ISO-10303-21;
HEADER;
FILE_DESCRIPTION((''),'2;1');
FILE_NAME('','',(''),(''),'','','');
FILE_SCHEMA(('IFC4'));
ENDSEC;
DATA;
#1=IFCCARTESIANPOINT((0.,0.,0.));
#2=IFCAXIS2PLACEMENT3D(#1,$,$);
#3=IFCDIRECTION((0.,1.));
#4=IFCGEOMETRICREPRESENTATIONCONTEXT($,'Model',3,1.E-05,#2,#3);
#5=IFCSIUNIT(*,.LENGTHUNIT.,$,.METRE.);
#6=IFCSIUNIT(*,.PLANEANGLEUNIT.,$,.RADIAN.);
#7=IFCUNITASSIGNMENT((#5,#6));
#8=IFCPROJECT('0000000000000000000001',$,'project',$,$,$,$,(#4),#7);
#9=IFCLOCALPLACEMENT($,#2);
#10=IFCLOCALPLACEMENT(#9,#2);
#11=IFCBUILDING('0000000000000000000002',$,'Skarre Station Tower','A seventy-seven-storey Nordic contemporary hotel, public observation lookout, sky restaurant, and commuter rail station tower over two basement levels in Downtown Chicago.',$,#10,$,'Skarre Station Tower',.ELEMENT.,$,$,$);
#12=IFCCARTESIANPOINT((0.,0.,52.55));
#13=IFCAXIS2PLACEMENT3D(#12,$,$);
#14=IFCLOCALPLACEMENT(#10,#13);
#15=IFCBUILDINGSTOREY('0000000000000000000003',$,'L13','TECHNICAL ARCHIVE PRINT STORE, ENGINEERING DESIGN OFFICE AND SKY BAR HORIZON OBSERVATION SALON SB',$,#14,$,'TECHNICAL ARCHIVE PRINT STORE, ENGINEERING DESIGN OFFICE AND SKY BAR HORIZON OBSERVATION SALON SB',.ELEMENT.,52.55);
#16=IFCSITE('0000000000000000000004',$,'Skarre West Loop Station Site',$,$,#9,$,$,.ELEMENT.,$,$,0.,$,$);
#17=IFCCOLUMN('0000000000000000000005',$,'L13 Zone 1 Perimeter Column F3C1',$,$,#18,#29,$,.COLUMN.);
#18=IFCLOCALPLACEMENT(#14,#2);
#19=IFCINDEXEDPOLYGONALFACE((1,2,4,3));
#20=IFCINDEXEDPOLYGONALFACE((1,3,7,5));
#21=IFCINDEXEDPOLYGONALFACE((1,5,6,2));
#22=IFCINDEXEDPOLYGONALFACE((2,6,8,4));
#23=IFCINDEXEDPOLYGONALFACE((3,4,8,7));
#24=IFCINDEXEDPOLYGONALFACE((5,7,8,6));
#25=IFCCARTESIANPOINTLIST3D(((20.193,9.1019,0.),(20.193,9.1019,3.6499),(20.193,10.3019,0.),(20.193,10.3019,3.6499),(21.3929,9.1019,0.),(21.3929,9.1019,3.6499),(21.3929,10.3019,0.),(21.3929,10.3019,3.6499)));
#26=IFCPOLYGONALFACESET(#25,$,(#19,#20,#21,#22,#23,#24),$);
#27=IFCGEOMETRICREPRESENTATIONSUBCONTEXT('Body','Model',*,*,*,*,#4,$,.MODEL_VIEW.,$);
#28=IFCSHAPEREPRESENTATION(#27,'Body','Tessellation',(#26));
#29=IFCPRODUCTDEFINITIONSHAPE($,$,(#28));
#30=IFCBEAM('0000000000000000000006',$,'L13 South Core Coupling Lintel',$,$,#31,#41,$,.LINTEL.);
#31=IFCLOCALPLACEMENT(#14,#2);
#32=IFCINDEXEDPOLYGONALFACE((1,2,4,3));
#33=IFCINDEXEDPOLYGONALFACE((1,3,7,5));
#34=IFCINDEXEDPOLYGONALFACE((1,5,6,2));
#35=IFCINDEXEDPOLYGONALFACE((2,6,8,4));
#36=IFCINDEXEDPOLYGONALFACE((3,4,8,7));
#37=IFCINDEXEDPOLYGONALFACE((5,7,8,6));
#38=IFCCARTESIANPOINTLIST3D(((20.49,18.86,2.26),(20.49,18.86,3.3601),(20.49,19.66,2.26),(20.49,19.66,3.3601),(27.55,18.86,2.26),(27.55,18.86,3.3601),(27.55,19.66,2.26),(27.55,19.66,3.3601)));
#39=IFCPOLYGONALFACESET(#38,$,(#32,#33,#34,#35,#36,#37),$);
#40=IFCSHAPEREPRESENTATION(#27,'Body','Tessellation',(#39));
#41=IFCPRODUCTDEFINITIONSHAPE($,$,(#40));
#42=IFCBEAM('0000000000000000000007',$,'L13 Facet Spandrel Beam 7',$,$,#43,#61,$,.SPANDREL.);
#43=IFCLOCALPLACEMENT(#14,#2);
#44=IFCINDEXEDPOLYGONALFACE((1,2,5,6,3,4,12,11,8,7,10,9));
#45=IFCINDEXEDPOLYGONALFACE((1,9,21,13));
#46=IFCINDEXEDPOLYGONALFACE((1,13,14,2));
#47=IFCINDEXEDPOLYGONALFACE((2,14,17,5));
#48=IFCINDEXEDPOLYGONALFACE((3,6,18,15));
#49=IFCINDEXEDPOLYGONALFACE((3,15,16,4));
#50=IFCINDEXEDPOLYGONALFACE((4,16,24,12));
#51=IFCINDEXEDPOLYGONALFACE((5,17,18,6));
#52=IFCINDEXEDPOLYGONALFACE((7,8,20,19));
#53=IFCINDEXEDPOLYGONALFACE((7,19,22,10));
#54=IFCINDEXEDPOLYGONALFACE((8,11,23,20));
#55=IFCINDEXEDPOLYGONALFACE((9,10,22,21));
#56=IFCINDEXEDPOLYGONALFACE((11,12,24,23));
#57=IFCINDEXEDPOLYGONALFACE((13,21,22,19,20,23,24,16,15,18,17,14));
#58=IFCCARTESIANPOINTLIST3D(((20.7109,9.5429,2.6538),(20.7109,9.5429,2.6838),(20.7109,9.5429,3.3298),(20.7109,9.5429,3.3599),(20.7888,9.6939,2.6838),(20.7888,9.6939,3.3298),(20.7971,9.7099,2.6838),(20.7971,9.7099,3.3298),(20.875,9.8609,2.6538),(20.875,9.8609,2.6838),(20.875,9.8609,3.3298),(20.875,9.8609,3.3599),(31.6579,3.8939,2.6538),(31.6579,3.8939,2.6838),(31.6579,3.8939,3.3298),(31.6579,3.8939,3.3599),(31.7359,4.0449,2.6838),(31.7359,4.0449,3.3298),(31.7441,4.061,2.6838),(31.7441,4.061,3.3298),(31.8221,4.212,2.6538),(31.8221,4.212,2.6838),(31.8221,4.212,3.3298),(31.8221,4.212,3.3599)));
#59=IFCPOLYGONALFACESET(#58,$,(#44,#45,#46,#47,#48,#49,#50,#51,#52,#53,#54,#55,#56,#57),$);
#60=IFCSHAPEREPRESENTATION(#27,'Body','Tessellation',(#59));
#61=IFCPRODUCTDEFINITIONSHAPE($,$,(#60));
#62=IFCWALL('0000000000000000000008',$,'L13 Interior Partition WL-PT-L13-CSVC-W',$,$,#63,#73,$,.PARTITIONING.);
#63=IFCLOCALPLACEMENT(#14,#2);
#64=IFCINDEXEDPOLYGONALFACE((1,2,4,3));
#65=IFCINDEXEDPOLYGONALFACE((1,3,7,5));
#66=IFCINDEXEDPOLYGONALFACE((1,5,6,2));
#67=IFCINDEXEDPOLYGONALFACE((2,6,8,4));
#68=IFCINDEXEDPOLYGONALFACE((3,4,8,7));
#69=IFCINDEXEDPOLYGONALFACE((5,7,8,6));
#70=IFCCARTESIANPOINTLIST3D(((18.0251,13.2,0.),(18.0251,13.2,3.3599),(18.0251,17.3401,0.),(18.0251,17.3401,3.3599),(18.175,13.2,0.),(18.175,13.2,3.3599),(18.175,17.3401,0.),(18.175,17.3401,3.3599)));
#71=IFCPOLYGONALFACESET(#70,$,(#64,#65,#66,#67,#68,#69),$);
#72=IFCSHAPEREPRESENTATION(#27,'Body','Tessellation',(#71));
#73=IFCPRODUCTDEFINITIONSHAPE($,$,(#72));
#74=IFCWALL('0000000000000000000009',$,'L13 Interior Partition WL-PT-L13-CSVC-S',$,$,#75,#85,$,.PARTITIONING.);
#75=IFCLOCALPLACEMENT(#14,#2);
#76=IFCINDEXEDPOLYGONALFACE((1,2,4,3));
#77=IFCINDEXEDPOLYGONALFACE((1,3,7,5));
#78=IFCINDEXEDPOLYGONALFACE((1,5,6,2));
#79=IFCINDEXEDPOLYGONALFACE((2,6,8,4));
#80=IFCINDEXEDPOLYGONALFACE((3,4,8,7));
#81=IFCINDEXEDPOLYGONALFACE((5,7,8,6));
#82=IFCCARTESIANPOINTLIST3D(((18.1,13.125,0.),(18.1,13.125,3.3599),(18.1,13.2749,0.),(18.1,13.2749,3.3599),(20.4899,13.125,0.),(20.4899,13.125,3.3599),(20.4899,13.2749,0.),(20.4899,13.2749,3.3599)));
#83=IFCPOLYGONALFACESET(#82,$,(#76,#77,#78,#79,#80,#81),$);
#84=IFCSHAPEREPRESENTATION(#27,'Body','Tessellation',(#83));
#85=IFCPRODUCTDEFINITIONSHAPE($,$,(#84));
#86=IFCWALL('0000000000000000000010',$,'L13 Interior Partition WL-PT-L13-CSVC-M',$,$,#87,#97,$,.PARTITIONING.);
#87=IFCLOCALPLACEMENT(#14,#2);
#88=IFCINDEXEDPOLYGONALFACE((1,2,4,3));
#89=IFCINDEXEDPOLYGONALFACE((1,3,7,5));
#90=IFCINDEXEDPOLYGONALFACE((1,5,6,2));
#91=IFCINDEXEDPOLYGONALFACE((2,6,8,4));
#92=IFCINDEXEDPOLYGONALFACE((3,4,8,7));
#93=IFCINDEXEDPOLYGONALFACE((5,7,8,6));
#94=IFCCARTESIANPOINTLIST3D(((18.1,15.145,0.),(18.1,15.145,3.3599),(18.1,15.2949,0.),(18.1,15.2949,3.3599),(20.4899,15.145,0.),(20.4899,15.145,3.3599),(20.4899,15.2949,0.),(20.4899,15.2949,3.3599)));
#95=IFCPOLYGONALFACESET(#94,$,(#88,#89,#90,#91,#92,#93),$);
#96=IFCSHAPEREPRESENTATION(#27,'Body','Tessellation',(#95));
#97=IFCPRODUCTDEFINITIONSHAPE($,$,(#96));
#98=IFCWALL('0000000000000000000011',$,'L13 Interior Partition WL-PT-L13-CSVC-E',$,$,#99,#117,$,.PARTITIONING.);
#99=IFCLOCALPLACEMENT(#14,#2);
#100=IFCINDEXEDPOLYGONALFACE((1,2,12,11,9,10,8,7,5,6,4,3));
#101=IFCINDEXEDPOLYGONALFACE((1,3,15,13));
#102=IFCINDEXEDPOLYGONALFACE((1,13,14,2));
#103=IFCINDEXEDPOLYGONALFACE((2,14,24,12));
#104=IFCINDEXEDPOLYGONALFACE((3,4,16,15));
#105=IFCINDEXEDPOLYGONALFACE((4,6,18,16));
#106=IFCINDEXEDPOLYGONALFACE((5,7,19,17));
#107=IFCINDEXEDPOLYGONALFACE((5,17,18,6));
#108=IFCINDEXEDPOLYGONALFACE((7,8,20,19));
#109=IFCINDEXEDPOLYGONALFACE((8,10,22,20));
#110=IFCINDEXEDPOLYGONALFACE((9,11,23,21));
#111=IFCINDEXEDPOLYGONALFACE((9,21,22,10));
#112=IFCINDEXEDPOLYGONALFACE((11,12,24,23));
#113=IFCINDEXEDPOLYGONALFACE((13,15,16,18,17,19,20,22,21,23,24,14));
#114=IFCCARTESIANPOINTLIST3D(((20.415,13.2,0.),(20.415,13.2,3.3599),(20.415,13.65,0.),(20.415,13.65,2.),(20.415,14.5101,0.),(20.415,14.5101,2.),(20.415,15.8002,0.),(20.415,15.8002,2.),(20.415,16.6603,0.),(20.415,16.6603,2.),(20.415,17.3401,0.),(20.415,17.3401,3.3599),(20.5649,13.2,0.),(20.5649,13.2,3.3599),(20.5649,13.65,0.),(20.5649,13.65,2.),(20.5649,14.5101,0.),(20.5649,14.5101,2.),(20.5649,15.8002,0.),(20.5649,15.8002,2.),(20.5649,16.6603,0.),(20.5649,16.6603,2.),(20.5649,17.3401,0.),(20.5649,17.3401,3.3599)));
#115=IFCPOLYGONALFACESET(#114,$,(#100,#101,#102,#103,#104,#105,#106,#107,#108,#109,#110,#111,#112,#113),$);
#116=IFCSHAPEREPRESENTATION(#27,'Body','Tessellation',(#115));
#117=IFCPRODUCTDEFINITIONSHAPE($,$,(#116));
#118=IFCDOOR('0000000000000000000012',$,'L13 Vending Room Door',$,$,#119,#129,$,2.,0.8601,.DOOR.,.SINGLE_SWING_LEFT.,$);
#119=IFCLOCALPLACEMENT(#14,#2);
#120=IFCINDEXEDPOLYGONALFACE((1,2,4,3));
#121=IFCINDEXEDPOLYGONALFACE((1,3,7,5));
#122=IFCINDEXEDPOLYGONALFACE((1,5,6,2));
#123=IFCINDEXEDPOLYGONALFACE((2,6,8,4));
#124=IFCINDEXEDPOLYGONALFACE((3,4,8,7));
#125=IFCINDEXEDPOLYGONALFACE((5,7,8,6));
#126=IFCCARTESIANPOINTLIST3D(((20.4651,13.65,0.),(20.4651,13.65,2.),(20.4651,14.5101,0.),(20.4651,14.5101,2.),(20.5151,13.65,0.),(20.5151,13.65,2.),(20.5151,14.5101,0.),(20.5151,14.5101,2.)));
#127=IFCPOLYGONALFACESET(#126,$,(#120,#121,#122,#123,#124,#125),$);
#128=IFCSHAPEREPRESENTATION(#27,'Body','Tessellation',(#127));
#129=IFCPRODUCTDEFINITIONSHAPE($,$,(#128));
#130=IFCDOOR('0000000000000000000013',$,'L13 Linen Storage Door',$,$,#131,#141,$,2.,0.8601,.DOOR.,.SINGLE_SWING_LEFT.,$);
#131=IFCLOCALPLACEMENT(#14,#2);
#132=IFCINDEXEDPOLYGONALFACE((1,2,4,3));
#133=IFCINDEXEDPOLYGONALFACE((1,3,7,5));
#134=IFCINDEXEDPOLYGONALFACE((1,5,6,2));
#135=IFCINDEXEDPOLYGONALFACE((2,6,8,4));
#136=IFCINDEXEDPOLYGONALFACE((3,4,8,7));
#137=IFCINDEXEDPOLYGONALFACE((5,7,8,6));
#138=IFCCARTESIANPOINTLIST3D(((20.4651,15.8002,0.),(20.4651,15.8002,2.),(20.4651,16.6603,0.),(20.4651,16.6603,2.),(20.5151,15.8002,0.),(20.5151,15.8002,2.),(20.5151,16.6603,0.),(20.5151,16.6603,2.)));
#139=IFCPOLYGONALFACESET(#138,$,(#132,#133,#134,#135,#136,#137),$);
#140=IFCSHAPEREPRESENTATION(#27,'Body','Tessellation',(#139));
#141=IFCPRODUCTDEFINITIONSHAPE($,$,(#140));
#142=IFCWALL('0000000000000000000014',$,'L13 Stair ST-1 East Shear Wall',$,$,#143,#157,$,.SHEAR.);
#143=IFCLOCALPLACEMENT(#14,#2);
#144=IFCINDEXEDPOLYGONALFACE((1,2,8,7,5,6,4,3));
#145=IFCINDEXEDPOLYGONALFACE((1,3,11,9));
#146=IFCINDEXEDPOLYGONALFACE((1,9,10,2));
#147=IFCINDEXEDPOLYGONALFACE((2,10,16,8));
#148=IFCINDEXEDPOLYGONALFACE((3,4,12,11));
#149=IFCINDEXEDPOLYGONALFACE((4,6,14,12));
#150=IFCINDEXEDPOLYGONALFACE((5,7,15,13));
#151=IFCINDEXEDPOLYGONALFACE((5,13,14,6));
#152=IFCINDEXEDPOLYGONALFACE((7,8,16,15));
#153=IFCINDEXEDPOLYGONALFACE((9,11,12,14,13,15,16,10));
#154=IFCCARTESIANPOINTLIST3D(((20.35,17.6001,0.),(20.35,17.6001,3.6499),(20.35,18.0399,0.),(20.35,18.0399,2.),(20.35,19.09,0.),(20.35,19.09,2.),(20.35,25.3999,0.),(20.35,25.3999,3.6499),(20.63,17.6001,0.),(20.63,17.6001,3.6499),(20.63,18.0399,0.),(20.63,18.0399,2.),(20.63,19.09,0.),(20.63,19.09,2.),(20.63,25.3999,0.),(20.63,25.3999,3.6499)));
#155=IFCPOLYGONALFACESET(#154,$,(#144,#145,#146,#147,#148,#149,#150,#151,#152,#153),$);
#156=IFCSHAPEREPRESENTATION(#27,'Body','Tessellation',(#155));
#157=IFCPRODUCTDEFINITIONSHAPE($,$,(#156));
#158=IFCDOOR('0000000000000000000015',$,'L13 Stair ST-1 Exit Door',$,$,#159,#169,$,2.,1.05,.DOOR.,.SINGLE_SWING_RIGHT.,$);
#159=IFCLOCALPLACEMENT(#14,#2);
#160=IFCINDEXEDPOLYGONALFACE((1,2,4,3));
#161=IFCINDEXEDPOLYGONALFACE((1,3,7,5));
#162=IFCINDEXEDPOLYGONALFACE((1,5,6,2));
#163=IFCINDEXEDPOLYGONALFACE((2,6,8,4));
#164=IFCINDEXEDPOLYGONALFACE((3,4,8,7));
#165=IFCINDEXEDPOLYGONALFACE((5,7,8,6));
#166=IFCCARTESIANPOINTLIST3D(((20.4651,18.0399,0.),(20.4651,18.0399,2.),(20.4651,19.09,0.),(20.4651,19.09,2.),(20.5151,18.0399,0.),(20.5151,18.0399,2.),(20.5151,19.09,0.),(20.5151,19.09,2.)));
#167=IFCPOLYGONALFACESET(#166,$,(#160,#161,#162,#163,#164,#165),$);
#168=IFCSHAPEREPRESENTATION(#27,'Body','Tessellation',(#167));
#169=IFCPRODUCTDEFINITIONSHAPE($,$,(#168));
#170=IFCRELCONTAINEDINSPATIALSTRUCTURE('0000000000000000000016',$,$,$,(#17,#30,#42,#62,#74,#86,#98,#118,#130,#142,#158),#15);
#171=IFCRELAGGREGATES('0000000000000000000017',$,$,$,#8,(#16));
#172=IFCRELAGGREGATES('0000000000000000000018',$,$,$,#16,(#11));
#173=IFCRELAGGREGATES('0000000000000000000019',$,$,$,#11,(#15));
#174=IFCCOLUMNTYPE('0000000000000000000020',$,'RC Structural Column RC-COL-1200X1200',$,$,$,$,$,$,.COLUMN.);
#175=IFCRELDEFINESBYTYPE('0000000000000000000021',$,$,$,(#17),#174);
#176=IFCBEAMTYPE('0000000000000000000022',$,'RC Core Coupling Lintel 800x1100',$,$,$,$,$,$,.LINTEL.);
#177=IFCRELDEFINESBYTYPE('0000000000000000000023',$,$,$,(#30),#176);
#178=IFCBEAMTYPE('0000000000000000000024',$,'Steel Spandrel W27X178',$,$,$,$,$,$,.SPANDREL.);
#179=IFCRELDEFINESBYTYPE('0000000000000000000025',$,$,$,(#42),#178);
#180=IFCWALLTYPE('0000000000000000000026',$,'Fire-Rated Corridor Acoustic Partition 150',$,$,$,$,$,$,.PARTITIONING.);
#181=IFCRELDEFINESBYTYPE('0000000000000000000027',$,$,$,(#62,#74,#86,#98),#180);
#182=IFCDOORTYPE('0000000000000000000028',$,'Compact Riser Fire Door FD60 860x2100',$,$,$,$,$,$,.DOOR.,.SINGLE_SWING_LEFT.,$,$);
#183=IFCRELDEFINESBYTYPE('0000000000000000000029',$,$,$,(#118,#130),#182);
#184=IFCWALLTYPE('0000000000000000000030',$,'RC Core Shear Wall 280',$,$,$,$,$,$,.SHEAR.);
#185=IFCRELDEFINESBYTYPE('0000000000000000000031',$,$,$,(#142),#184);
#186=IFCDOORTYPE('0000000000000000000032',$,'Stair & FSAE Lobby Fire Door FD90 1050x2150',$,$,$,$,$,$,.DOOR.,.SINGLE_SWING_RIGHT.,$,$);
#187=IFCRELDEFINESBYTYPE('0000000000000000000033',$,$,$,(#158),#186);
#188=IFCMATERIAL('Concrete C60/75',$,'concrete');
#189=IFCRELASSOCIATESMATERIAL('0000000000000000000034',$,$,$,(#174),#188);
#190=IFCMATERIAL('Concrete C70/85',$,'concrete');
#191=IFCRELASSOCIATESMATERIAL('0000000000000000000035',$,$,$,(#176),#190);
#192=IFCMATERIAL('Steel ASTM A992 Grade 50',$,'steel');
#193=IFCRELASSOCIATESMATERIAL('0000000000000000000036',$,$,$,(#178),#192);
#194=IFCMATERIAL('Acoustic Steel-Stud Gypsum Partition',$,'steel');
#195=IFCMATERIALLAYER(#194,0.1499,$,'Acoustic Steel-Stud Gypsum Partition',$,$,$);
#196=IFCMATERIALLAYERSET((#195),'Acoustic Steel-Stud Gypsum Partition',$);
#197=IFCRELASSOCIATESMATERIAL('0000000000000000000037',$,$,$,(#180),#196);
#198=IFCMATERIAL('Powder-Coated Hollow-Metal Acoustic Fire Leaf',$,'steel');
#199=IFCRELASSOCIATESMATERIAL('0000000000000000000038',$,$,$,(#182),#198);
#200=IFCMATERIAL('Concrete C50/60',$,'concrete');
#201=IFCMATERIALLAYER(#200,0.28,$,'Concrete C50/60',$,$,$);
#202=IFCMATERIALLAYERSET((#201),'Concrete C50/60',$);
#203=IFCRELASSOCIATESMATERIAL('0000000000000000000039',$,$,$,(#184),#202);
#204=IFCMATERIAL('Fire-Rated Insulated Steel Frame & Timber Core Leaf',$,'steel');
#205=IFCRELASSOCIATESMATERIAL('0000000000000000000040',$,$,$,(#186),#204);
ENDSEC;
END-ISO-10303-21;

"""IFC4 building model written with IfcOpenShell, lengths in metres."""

from ifc_helpers import new_model, si_unit, direction, frame, frame_2d, origin, origin_2d, place, context, subcontext, project, spatial, rectangle, i_section, extrude, material, layer, layer_set, material_profile, profile_set, type_object, element, fill, save


model = new_model("IFC4")

# Units and contexts
model_context = context("Model", 3, precision=1e-05, world=origin(), true_north=direction((0.0, 1.0)))
body_context = subcontext(model_context, "Body", "Model", "MODEL_VIEW")
ifc_project = project(units=[si_unit("LENGTHUNIT", "METRE"), si_unit("PLANEANGLEUNIT", "RADIAN")], contexts=[model_context])

# Site, building, storey
site_placement = place(None, origin())
site = spatial("IfcSite", under=ifc_project, at=site_placement, Name="Skarre West Loop Station Site", CompositionType="ELEMENT", RefElevation=0.0)
building_placement = place(site_placement, origin())
building = spatial("IfcBuilding", under=site, at=building_placement, Name="Skarre Station Tower", Description="A seventy-seven-storey Nordic contemporary hotel, public observation lookout, sky restaurant, and commuter rail station tower over two basement levels in Downtown Chicago.", LongName="Skarre Station Tower", CompositionType="ELEMENT")
storey_placement = place(building_placement, frame((0.0, 0.0, 52.55)))
storey = spatial("IfcBuildingStorey", under=building, at=storey_placement, Name="L13", Description="TECHNICAL ARCHIVE PRINT STORE, ENGINEERING DESIGN OFFICE AND SKY BAR HORIZON OBSERVATION SALON SB", LongName="TECHNICAL ARCHIVE PRINT STORE, ENGINEERING DESIGN OFFICE AND SKY BAR HORIZON OBSERVATION SALON SB", CompositionType="ELEMENT", Elevation=52.55)

# Column
ifc_material_1 = material(Name="Concrete C60/75", Category="concrete")
ifc_material_profile_1 = material_profile(ifc_material_1, rectangle(XDim=1.2, YDim=1.2, at=origin_2d()), Name="Concrete C60/75")
ifc_profile_set_1 = profile_set([ifc_material_profile_1], Name="Concrete C60/75")
column_type = type_object("IfcColumnType", Name="RC Structural Column RC-COL-1200X1200", PredefinedType="COLUMN", material=ifc_profile_set_1)
column_placement = place(storey_placement, frame((20.793, 9.7019, 0.0), z_axis=(0.0, 0.0, 1.0), x_axis=(1.0, 0.0, 0.0)))
element("IfcColumn", 1, at=column_placement, inside=storey, type_object=column_type, Name="L13 Zone 1 Perimeter Column F3C1", PredefinedType="COLUMN", context=body_context, shape_type="SweptSolid", body=[
    extrude(rectangle(XDim=1.2, YDim=1.2, at=origin_2d()), origin(), (0.0, 0.0, 1.0), 3.6499),
])

# Beams
ifc_material_2 = material(Name="Concrete C70/85", Category="concrete")
ifc_material_profile_2 = material_profile(ifc_material_2, rectangle(XDim=0.8, YDim=1.1001, at=origin_2d()), Name="Concrete C70/85")
ifc_profile_set_2 = profile_set([ifc_material_profile_2], Name="Concrete C70/85")
beam_type_1 = type_object("IfcBeamType", Name="RC Core Coupling Lintel 800x1100", PredefinedType="LINTEL", material=ifc_profile_set_2)
beam_1_placement = place(storey_placement, frame((20.49, 19.26, 2.8101), z_axis=(1.0, 0.0, 0.0), x_axis=(0.0, 1.0, 0.0)))
element("IfcBeam", 2, at=beam_1_placement, inside=storey, type_object=beam_type_1, Name="L13 South Core Coupling Lintel", PredefinedType="LINTEL", context=body_context, shape_type="SweptSolid", body=[
    extrude(rectangle(XDim=0.8, YDim=1.1001, at=origin_2d()), origin(), (0.0, 0.0, 1.0), 7.0601),
])
ifc_material_3 = material(Name="Steel ASTM A992 Grade 50", Category="steel")
ifc_material_profile_3 = material_profile(ifc_material_3, i_section(OverallWidth=0.3579, OverallDepth=0.7061, WebThickness=0.0181, FlangeThickness=0.03, at=origin_2d()), Name="Steel ASTM A992 Grade 50")
ifc_profile_set_3 = profile_set([ifc_material_profile_3], Name="Steel ASTM A992 Grade 50")
beam_type_2 = type_object("IfcBeamType", Name="Steel Spandrel W27X178", PredefinedType="SPANDREL", material=ifc_profile_set_3)
beam_2_placement = place(storey_placement, frame((20.793, 9.7019, 3.0068), z_axis=(0.888659, -0.458569, 0.0), x_axis=(0.458569, 0.888659, 0.0)))
element("IfcBeam", 3, at=beam_2_placement, inside=storey, type_object=beam_type_2, Name="L13 Facet Spandrel Beam 7", PredefinedType="SPANDREL", context=body_context, shape_type="SweptSolid", body=[
    extrude(i_section(OverallWidth=0.3579, OverallDepth=0.7061, WebThickness=0.0181, FlangeThickness=0.03, at=origin_2d()), origin(), (0.0, 0.0, 1.0), 12.3186),
])

# Walls
ifc_material_4 = material(Name="Acoustic Steel-Stud Gypsum Partition", Category="steel")
ifc_layer_1 = layer(ifc_material_4, 0.1499, Name="Acoustic Steel-Stud Gypsum Partition")
ifc_layer_set_1 = layer_set([ifc_layer_1], Name="Acoustic Steel-Stud Gypsum Partition")
wall_type_1 = type_object("IfcWallType", Name="Fire-Rated Corridor Acoustic Partition 150", PredefinedType="PARTITIONING", material=ifc_layer_set_1)
wall_1_placement = place(storey_placement, frame((18.1001, 17.3401, 0.0), z_axis=(0.0, 0.0, 1.0), x_axis=(0.0, -1.0, 0.0)))
element("IfcWall", 4, at=wall_1_placement, inside=storey, type_object=wall_type_1, Name="L13 Interior Partition WL-PT-L13-CSVC-W", PredefinedType="PARTITIONING", context=body_context, shape_type="SweptSolid", body=[
    extrude(rectangle(XDim=4.1401, YDim=0.1499, at=frame_2d((2.0701, 0.0))), origin(), (0.0, 0.0, 1.0), 3.3599),
])
for number, where, z_axis, x_axis, name in (
    (5, (18.1001, 13.2, 0.0), (0.0, 0.0, 1.0), (1.0, 0.0, 0.0), "L13 Interior Partition WL-PT-L13-CSVC-S"),
    (6, (18.1001, 15.22, 0.0), (0.0, 0.0, 1.0), (1.0, 0.0, 0.0), "L13 Interior Partition WL-PT-L13-CSVC-M"),
):
    element("IfcWall", number, at=place(storey_placement, frame(where, z_axis=z_axis, x_axis=x_axis)), inside=storey, type_object=wall_type_1, Name=name, PredefinedType="PARTITIONING", context=body_context, shape_type="SweptSolid", body=[
        extrude(rectangle(XDim=2.3899, YDim=0.1499, at=frame_2d((1.1948, 0.0))), origin(), (0.0, 0.0, 1.0), 3.3599),
    ])

# Wall, openings, doors
wall_2_placement = place(storey_placement, frame((20.49, 13.2, 0.0), z_axis=(0.0, 0.0, 1.0), x_axis=(0.0, 1.0, 0.0)))
wall_2 = element("IfcWall", 7, at=wall_2_placement, inside=storey, type_object=wall_type_1, Name="L13 Interior Partition WL-PT-L13-CSVC-E", PredefinedType="PARTITIONING", context=body_context, shape_type="SweptSolid", body=[
    extrude(rectangle(XDim=4.1401, YDim=0.1499, at=frame_2d((2.0701, 0.0))), origin(), (0.0, 0.0, 1.0), 3.3599),
])
opening_1_placement = place(wall_2_placement, frame((0.45, 0.0, 0.0)))
opening_1 = element("IfcOpeningElement", 8, at=opening_1_placement, cuts=wall_2, PredefinedType="OPENING", context=body_context, shape_type="SweptSolid", body=[
    extrude(rectangle(XDim=0.8601, YDim=2.0, at=frame_2d((0.4302, 1.0))), frame((0.0, 0.085, 0.0), z_axis=(0.0, -1.0, 0.0), x_axis=(1.0, 0.0, 0.0)), (0.0, 0.0, 1.0), 0.1699),
])
opening_2_placement = place(wall_2_placement, frame((2.6001, 0.0, 0.0)))
opening_2 = element("IfcOpeningElement", 9, at=opening_2_placement, cuts=wall_2, PredefinedType="OPENING", context=body_context, shape_type="SweptSolid", body=[
    extrude(rectangle(XDim=0.8601, YDim=2.0, at=frame_2d((0.4302, 1.0))), frame((0.0, 0.085, 0.0), z_axis=(0.0, -1.0, 0.0), x_axis=(1.0, 0.0, 0.0)), (0.0, 0.0, 1.0), 0.1699),
])
ifc_material_5 = material(Name="Powder-Coated Hollow-Metal Acoustic Fire Leaf", Category="steel")
door_type_1 = type_object("IfcDoorType", Name="Compact Riser Fire Door FD60 860x2100", OperationType="SINGLE_SWING_LEFT", PredefinedType="DOOR", material=ifc_material_5)
door_1_placement = place(opening_1_placement, origin())
door_1 = element("IfcDoor", 10, at=door_1_placement, inside=storey, type_object=door_type_1, Name="L13 Vending Room Door", OperationType="SINGLE_SWING_LEFT", OverallHeight=2.0, OverallWidth=0.8601, PredefinedType="DOOR", context=body_context, shape_type="SweptSolid", body=[
    extrude(rectangle(XDim=0.8601, YDim=2.0, at=frame_2d((0.4302, 1.0))), frame((0.0, 0.0249, 0.0), z_axis=(0.0, -1.0, 0.0), x_axis=(1.0, 0.0, 0.0)), (0.0, 0.0, 1.0), 0.05),
])
fill(opening_1, door_1)
door_2_placement = place(opening_2_placement, origin())
door_2 = element("IfcDoor", 11, at=door_2_placement, inside=storey, type_object=door_type_1, Name="L13 Linen Storage Door", OperationType="SINGLE_SWING_LEFT", OverallHeight=2.0, OverallWidth=0.8601, PredefinedType="DOOR", context=body_context, shape_type="SweptSolid", body=[
    extrude(rectangle(XDim=0.8601, YDim=2.0, at=frame_2d((0.4302, 1.0))), frame((0.0, 0.0249, 0.0), z_axis=(0.0, -1.0, 0.0), x_axis=(1.0, 0.0, 0.0)), (0.0, 0.0, 1.0), 0.05),
])
fill(opening_2, door_2)

# Wall, opening, door
ifc_material_6 = material(Name="Concrete C50/60", Category="concrete")
ifc_layer_2 = layer(ifc_material_6, 0.28, Name="Concrete C50/60")
ifc_layer_set_2 = layer_set([ifc_layer_2], Name="Concrete C50/60")
wall_type_2 = type_object("IfcWallType", Name="RC Core Shear Wall 280", PredefinedType="SHEAR", material=ifc_layer_set_2)
wall_3_placement = place(storey_placement, frame((20.49, 17.6001, 0.0), z_axis=(0.0, 0.0, 1.0), x_axis=(0.0, 1.0, 0.0)))
wall_3 = element("IfcWall", 12, at=wall_3_placement, inside=storey, type_object=wall_type_2, Name="L13 Stair ST-1 East Shear Wall", PredefinedType="SHEAR", context=body_context, shape_type="SweptSolid", body=[
    extrude(rectangle(XDim=7.7998, YDim=0.28, at=frame_2d((3.8999, 0.0))), origin(), (0.0, 0.0, 1.0), 3.6499),
])
opening_3_placement = place(wall_3_placement, frame((0.4399, 0.0, 0.0)))
opening_3 = element("IfcOpeningElement", 13, at=opening_3_placement, cuts=wall_3, PredefinedType="OPENING", context=body_context, shape_type="SweptSolid", body=[
    extrude(rectangle(XDim=1.05, YDim=2.0, at=frame_2d((0.5249, 1.0))), frame((0.0, 0.1499, 0.0), z_axis=(0.0, -1.0, 0.0), x_axis=(1.0, 0.0, 0.0)), (0.0, 0.0, 1.0), 0.3),
])
ifc_material_7 = material(Name="Fire-Rated Insulated Steel Frame & Timber Core Leaf", Category="steel")
door_type_2 = type_object("IfcDoorType", Name="Stair & FSAE Lobby Fire Door FD90 1050x2150", OperationType="SINGLE_SWING_RIGHT", PredefinedType="DOOR", material=ifc_material_7)
door_3_placement = place(opening_3_placement, origin())
door_3 = element("IfcDoor", 14, at=door_3_placement, inside=storey, type_object=door_type_2, Name="L13 Stair ST-1 Exit Door", OperationType="SINGLE_SWING_RIGHT", OverallHeight=2.0, OverallWidth=1.05, PredefinedType="DOOR", context=body_context, shape_type="SweptSolid", body=[
    extrude(rectangle(XDim=1.05, YDim=2.0, at=frame_2d((0.5249, 1.0))), frame((0.0, 0.0249, 0.0), z_axis=(0.0, -1.0, 0.0), x_axis=(1.0, 0.0, 0.0)), (0.0, 0.0, 1.0), 0.05),
])
fill(opening_3, door_3)

save(model, "model.ifc")
